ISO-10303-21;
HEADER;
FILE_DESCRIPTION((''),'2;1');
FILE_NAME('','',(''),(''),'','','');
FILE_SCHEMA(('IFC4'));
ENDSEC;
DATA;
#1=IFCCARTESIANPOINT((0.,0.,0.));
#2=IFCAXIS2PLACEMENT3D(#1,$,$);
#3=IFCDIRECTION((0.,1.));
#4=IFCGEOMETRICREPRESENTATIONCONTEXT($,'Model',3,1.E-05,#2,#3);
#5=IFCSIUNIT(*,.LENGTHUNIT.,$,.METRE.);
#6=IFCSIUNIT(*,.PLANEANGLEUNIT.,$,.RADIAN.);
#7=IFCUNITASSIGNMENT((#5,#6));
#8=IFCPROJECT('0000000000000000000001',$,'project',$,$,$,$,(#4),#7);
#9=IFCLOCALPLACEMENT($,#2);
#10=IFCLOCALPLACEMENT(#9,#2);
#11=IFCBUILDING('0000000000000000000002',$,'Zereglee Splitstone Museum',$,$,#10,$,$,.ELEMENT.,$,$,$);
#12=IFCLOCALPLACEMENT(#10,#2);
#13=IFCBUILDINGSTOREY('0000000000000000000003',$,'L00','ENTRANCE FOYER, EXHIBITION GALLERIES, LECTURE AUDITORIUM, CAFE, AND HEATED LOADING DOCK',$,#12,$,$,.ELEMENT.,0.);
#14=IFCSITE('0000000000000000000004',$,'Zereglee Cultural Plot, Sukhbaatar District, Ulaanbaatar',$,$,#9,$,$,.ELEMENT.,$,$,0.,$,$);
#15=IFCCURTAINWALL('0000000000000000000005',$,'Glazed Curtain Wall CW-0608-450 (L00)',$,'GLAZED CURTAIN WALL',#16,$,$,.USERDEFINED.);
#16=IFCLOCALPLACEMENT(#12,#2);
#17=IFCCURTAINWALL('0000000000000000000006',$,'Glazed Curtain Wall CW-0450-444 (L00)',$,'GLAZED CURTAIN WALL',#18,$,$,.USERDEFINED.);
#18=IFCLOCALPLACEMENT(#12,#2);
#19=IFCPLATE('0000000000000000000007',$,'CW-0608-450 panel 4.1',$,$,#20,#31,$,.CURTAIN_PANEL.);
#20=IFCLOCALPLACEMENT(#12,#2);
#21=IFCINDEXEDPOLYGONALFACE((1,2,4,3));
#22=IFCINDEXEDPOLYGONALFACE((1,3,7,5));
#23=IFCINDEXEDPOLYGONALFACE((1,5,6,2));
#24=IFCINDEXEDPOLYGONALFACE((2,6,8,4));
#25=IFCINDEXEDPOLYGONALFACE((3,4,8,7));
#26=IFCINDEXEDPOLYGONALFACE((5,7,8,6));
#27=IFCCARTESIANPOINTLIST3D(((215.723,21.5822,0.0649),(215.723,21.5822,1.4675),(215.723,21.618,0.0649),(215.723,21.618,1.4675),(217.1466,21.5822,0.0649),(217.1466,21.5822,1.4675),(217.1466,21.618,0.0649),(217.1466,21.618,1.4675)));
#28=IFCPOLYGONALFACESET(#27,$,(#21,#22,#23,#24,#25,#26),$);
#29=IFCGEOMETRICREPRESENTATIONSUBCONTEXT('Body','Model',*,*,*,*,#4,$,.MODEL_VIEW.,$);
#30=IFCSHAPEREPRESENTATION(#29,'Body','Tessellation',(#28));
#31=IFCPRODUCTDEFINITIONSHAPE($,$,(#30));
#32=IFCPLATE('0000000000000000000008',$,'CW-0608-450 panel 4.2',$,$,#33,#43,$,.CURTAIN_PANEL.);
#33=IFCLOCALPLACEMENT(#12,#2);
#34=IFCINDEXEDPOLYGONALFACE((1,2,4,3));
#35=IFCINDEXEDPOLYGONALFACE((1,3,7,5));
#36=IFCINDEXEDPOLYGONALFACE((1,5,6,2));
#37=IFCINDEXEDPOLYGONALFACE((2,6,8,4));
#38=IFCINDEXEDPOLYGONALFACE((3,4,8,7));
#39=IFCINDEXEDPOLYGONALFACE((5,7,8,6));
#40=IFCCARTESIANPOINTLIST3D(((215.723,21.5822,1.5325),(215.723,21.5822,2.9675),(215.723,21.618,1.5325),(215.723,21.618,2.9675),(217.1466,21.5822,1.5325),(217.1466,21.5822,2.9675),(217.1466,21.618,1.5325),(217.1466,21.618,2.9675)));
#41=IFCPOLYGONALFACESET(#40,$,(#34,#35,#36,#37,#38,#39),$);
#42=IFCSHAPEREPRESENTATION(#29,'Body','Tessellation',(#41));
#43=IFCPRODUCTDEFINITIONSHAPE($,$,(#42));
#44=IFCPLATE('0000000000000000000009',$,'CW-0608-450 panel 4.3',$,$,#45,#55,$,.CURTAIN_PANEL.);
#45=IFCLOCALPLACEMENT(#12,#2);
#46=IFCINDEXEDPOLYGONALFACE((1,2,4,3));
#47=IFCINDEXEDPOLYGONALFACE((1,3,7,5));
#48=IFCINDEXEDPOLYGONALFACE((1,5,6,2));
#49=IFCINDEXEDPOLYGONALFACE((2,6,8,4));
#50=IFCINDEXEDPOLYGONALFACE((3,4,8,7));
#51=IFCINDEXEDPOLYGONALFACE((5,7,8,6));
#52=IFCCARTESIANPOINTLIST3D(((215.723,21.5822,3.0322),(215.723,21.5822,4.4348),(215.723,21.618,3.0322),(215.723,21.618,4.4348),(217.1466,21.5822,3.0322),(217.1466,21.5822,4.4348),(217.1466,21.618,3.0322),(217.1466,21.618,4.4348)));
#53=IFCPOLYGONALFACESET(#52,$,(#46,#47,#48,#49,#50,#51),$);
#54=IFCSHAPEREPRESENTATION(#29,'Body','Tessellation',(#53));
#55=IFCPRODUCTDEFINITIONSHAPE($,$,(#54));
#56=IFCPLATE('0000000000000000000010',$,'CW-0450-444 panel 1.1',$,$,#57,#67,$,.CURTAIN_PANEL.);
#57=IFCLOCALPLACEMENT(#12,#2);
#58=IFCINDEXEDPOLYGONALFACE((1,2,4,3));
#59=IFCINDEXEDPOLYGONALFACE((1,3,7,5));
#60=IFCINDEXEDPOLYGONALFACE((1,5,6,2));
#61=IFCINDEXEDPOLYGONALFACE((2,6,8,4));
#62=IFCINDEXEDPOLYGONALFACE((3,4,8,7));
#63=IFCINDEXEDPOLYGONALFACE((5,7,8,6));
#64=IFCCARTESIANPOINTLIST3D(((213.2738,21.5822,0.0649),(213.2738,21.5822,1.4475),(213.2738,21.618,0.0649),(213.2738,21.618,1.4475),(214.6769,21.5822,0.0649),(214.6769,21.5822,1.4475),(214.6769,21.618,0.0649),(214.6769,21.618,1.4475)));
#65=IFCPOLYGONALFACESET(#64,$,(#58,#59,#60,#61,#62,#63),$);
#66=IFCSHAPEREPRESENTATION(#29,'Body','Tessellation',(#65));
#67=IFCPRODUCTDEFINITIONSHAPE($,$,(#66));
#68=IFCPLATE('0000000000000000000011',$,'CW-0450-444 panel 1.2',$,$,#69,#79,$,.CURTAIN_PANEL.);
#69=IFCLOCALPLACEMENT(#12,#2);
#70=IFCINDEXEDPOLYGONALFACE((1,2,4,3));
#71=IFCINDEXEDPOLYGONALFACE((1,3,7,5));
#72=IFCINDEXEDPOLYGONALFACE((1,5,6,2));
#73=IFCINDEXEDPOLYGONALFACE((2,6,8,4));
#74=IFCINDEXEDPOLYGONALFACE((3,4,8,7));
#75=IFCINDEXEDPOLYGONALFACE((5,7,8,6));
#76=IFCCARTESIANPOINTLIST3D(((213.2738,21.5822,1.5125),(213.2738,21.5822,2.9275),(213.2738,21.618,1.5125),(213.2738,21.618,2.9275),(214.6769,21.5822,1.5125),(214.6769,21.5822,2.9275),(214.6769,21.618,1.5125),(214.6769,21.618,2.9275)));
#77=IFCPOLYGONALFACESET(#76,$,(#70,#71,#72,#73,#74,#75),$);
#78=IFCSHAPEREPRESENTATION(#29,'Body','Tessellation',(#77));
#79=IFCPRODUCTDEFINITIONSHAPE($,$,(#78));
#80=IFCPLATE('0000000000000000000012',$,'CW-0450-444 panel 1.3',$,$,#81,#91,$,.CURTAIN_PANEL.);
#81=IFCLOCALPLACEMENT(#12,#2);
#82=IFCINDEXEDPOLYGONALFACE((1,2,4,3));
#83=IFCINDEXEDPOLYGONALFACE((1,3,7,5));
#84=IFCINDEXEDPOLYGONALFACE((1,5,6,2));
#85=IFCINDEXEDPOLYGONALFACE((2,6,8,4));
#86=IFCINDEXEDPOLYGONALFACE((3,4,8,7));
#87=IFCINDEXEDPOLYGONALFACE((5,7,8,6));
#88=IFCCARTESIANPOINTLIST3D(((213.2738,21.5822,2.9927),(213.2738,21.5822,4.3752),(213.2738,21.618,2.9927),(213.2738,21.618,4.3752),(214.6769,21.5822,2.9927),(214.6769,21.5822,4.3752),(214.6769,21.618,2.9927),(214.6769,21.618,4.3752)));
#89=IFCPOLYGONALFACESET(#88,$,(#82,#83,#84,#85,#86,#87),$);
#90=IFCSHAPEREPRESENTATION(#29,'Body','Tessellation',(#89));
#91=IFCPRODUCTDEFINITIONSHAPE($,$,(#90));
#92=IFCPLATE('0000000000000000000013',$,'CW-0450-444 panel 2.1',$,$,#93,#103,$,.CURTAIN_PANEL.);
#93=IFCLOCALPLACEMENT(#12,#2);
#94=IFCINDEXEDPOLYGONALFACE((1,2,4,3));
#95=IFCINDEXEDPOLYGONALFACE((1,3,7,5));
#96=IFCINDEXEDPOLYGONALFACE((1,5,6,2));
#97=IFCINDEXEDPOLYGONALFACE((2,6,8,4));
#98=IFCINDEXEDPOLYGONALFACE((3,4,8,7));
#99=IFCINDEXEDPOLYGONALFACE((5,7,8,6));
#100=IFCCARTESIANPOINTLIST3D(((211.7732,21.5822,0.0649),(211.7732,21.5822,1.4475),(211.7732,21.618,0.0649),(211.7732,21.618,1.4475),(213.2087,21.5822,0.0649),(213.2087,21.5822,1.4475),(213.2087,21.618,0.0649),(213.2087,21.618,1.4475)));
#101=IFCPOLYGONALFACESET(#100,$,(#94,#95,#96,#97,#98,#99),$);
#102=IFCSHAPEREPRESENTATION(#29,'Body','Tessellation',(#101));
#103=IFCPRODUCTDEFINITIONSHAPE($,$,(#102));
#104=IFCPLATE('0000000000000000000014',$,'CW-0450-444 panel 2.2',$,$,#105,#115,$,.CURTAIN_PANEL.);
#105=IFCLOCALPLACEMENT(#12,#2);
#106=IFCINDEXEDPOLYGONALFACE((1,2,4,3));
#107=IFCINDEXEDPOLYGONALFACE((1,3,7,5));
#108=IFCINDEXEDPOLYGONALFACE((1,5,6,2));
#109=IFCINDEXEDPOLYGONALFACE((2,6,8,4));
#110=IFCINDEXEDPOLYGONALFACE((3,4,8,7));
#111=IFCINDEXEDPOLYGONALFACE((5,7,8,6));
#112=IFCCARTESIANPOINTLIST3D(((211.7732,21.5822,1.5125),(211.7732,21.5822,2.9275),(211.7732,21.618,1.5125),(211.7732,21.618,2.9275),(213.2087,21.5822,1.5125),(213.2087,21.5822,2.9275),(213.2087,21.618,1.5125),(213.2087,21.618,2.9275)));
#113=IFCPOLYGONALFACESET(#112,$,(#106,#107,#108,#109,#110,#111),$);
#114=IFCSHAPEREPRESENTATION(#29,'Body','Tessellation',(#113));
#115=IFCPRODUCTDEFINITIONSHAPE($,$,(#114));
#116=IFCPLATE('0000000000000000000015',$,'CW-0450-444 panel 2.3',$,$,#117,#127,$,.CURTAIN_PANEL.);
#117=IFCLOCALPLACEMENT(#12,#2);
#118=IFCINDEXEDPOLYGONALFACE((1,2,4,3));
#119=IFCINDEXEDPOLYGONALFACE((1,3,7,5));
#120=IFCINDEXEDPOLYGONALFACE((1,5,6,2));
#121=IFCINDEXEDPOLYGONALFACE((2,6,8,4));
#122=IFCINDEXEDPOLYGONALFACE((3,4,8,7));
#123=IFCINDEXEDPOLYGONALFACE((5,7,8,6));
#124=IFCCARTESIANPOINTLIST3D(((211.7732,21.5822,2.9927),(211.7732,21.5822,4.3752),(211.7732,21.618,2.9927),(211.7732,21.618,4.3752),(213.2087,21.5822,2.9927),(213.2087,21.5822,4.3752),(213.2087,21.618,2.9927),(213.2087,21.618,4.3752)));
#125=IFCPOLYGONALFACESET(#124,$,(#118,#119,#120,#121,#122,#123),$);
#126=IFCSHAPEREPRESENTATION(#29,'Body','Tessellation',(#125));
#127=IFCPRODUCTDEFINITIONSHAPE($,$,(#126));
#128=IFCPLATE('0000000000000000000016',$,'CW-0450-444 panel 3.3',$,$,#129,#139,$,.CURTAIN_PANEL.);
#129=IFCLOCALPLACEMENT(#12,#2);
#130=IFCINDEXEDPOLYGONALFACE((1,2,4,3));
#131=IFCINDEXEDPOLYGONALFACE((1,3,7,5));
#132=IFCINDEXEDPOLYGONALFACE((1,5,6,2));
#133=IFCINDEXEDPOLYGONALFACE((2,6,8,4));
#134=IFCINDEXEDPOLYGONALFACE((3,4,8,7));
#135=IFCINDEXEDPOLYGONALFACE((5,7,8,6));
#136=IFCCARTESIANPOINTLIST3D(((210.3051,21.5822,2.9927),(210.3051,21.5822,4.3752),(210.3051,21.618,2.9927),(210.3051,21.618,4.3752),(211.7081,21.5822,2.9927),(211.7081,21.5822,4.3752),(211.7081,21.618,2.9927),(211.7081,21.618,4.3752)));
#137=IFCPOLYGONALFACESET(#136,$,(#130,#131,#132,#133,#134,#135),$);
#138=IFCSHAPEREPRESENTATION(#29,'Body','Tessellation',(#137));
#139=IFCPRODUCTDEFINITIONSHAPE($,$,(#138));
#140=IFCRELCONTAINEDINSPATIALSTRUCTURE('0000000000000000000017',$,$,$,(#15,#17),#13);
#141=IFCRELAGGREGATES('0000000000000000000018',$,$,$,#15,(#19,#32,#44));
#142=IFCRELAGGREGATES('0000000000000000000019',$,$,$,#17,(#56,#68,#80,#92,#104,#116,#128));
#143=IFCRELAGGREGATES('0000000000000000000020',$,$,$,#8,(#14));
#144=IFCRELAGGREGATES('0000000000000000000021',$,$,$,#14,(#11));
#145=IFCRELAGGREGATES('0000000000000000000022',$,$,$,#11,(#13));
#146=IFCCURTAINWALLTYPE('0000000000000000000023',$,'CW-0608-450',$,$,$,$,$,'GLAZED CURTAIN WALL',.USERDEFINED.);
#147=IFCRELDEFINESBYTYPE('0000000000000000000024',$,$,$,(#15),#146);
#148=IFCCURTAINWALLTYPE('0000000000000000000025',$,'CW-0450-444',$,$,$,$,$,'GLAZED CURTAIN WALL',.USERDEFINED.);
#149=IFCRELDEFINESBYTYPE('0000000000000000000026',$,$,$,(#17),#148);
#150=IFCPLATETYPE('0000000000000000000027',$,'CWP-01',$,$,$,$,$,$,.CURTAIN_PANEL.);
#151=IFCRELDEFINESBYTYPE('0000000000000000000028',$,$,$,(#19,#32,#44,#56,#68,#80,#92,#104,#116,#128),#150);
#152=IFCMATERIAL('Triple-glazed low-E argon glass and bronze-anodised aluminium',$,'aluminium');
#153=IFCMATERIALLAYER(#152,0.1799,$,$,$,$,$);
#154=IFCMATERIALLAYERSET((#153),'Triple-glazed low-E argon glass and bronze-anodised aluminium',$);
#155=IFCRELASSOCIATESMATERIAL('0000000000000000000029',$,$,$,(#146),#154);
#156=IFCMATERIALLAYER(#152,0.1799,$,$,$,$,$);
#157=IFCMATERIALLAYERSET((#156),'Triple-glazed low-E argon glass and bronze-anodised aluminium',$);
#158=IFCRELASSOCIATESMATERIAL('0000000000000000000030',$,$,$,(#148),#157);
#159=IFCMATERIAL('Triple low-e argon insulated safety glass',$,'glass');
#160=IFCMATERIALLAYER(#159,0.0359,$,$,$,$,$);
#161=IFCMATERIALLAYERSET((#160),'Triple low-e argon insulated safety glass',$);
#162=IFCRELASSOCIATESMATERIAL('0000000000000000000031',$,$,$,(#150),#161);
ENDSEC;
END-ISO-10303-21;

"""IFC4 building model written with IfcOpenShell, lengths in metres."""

from ifc_helpers import new_model, si_unit, direction, frame, origin, origin_2d, place, context, subcontext, project, spatial, rectangle, extrude, material, layer, layer_set, type_object, element, aggregate, save


model = new_model("IFC4")

# Units and contexts
model_context = context("Model", 3, precision=1e-05, world=origin(), true_north=direction((0.0, 1.0)))
body_context = subcontext(model_context, "Body", "Model", "MODEL_VIEW")
ifc_project = project(units=[si_unit("LENGTHUNIT", "METRE"), si_unit("PLANEANGLEUNIT", "RADIAN")], contexts=[model_context])

# Site, building, storey
site_placement = place(None, origin())
site = spatial("IfcSite", under=ifc_project, at=site_placement, Name="Zereglee Cultural Plot, Sukhbaatar District, Ulaanbaatar", CompositionType="ELEMENT", RefElevation=0.0)
building_placement = place(site_placement, origin())
building = spatial("IfcBuilding", under=site, at=building_placement, Name="Zereglee Splitstone Museum", CompositionType="ELEMENT")
storey_placement = place(building_placement, origin())
storey = spatial("IfcBuildingStorey", under=building, at=storey_placement, Name="L00", Description="ENTRANCE FOYER, EXHIBITION GALLERIES, LECTURE AUDITORIUM, CAFE, AND HEATED LOADING DOCK", CompositionType="ELEMENT", Elevation=0.0)

# Curtain wall
ifc_material_1 = material(Name="Triple-glazed low-E argon glass and bronze-anodised aluminium", Category="aluminium")
ifc_layer_1 = layer(ifc_material_1, 0.1799)
ifc_layer_set_1 = layer_set([ifc_layer_1], Name="Triple-glazed low-E argon glass and bronze-anodised aluminium")
curtain_wall_type_1 = type_object("IfcCurtainWallType", Name="CW-0608-450", ElementType="GLAZED CURTAIN WALL", PredefinedType="USERDEFINED", material=ifc_layer_set_1)
curtain_wall_1_placement = place(storey_placement, origin())
curtain_wall_1 = element("IfcCurtainWall", 1, at=curtain_wall_1_placement, inside=storey, type_object=curtain_wall_type_1, Name="Glazed Curtain Wall CW-0608-450 (L00)", ObjectType="GLAZED CURTAIN WALL", PredefinedType="USERDEFINED")

# Curtain wall
ifc_layer_2 = layer(ifc_material_1, 0.1799)
ifc_layer_set_2 = layer_set([ifc_layer_2], Name="Triple-glazed low-E argon glass and bronze-anodised aluminium")
curtain_wall_type_2 = type_object("IfcCurtainWallType", Name="CW-0450-444", ElementType="GLAZED CURTAIN WALL", PredefinedType="USERDEFINED", material=ifc_layer_set_2)
curtain_wall_2_placement = place(storey_placement, origin())
curtain_wall_2 = element("IfcCurtainWall", 2, at=curtain_wall_2_placement, inside=storey, type_object=curtain_wall_type_2, Name="Glazed Curtain Wall CW-0450-444 (L00)", ObjectType="GLAZED CURTAIN WALL", PredefinedType="USERDEFINED")

# Plates
ifc_material_2 = material(Name="Triple low-e argon insulated safety glass", Category="glass")
ifc_layer_3 = layer(ifc_material_2, 0.0359)
ifc_layer_set_3 = layer_set([ifc_layer_3], Name="Triple low-e argon insulated safety glass")
plate_type = type_object("IfcPlateType", Name="CWP-01", PredefinedType="CURTAIN_PANEL", material=ifc_layer_set_3)
plate_1_placement = place(storey_placement, frame((216.4348, 21.6001, 0.0649), z_axis=(0.0, 0.0, 1.0), x_axis=(-1.0, 0.0, 0.0)))
plate_1 = element("IfcPlate", 3, at=plate_1_placement, type_object=plate_type, Name="CW-0608-450 panel 4.1", PredefinedType="CURTAIN_PANEL", context=body_context, shape_type="SweptSolid", body=[
    extrude(rectangle(XDim=1.4236, YDim=0.0359, at=origin_2d()), origin(), (0.0, 0.0, 1.0), 1.4026),
])
plate_2_placement = place(storey_placement, frame((216.4348, 21.6001, 1.5325), z_axis=(0.0, 0.0, 1.0), x_axis=(-1.0, 0.0, 0.0)))
plate_2 = element("IfcPlate", 4, at=plate_2_placement, type_object=plate_type, Name="CW-0608-450 panel 4.2", PredefinedType="CURTAIN_PANEL", context=body_context, shape_type="SweptSolid", body=[
    extrude(rectangle(XDim=1.4236, YDim=0.0359, at=origin_2d()), origin(), (0.0, 0.0, 1.0), 1.4351),
])
plate_3_placement = place(storey_placement, frame((216.4348, 21.6001, 3.0322), z_axis=(0.0, 0.0, 1.0), x_axis=(-1.0, 0.0, 0.0)))
plate_3 = element("IfcPlate", 5, at=plate_3_placement, type_object=plate_type, Name="CW-0608-450 panel 4.3", PredefinedType="CURTAIN_PANEL", context=body_context, shape_type="SweptSolid", body=[
    extrude(rectangle(XDim=1.4236, YDim=0.0359, at=origin_2d()), origin(), (0.0, 0.0, 1.0), 1.4026),
])
aggregate(curtain_wall_1, [plate_1, plate_2, plate_3])
plate_4_placement = place(storey_placement, frame((213.9753, 21.6001, 0.0649), z_axis=(0.0, 0.0, 1.0), x_axis=(-1.0, 0.0, 0.0)))
plate_4 = element("IfcPlate", 6, at=plate_4_placement, type_object=plate_type, Name="CW-0450-444 panel 1.1", PredefinedType="CURTAIN_PANEL", context=body_context, shape_type="SweptSolid", body=[
    extrude(rectangle(XDim=1.4031, YDim=0.0359, at=origin_2d()), origin(), (0.0, 0.0, 1.0), 1.3826),
])
plate_5_placement = place(storey_placement, frame((213.9753, 21.6001, 1.5125), z_axis=(0.0, 0.0, 1.0), x_axis=(-1.0, 0.0, 0.0)))
plate_5 = element("IfcPlate", 7, at=plate_5_placement, type_object=plate_type, Name="CW-0450-444 panel 1.2", PredefinedType="CURTAIN_PANEL", context=body_context, shape_type="SweptSolid", body=[
    extrude(rectangle(XDim=1.4031, YDim=0.0359, at=origin_2d()), origin(), (0.0, 0.0, 1.0), 1.415),
])
plate_6_placement = place(storey_placement, frame((213.9753, 21.6001, 2.9927), z_axis=(0.0, 0.0, 1.0), x_axis=(-1.0, 0.0, 0.0)))
plate_6 = element("IfcPlate", 8, at=plate_6_placement, type_object=plate_type, Name="CW-0450-444 panel 1.3", PredefinedType="CURTAIN_PANEL", context=body_context, shape_type="SweptSolid", body=[
    extrude(rectangle(XDim=1.4031, YDim=0.0359, at=origin_2d()), origin(), (0.0, 0.0, 1.0), 1.3826),
])
plate_7_placement = place(storey_placement, frame((212.491, 21.6001, 0.0649), z_axis=(0.0, 0.0, 1.0), x_axis=(-1.0, 0.0, 0.0)))
plate_7 = element("IfcPlate", 9, at=plate_7_placement, type_object=plate_type, Name="CW-0450-444 panel 2.1", PredefinedType="CURTAIN_PANEL", context=body_context, shape_type="SweptSolid", body=[
    extrude(rectangle(XDim=1.4355, YDim=0.0359, at=origin_2d()), origin(), (0.0, 0.0, 1.0), 1.3826),
])
plate_8_placement = place(storey_placement, frame((212.491, 21.6001, 1.5125), z_axis=(0.0, 0.0, 1.0), x_axis=(-1.0, 0.0, 0.0)))
plate_8 = element("IfcPlate", 10, at=plate_8_placement, type_object=plate_type, Name="CW-0450-444 panel 2.2", PredefinedType="CURTAIN_PANEL", context=body_context, shape_type="SweptSolid", body=[
    extrude(rectangle(XDim=1.4355, YDim=0.0359, at=origin_2d()), origin(), (0.0, 0.0, 1.0), 1.415),
])
plate_9_placement = place(storey_placement, frame((212.491, 21.6001, 2.9927), z_axis=(0.0, 0.0, 1.0), x_axis=(-1.0, 0.0, 0.0)))
plate_9 = element("IfcPlate", 11, at=plate_9_placement, type_object=plate_type, Name="CW-0450-444 panel 2.3", PredefinedType="CURTAIN_PANEL", context=body_context, shape_type="SweptSolid", body=[
    extrude(rectangle(XDim=1.4355, YDim=0.0359, at=origin_2d()), origin(), (0.0, 0.0, 1.0), 1.3826),
])
plate_10_placement = place(storey_placement, frame((211.0066, 21.6001, 2.9927), z_axis=(0.0, 0.0, 1.0), x_axis=(-1.0, 0.0, 0.0)))
plate_10 = element("IfcPlate", 12, at=plate_10_placement, type_object=plate_type, Name="CW-0450-444 panel 3.3", PredefinedType="CURTAIN_PANEL", context=body_context, shape_type="SweptSolid", body=[
    extrude(rectangle(XDim=1.4031, YDim=0.0359, at=origin_2d()), origin(), (0.0, 0.0, 1.0), 1.3826),
])
aggregate(curtain_wall_2, [plate_4, plate_5, plate_6, plate_7, plate_8, plate_9, plate_10])

save(model, "model.ifc")
